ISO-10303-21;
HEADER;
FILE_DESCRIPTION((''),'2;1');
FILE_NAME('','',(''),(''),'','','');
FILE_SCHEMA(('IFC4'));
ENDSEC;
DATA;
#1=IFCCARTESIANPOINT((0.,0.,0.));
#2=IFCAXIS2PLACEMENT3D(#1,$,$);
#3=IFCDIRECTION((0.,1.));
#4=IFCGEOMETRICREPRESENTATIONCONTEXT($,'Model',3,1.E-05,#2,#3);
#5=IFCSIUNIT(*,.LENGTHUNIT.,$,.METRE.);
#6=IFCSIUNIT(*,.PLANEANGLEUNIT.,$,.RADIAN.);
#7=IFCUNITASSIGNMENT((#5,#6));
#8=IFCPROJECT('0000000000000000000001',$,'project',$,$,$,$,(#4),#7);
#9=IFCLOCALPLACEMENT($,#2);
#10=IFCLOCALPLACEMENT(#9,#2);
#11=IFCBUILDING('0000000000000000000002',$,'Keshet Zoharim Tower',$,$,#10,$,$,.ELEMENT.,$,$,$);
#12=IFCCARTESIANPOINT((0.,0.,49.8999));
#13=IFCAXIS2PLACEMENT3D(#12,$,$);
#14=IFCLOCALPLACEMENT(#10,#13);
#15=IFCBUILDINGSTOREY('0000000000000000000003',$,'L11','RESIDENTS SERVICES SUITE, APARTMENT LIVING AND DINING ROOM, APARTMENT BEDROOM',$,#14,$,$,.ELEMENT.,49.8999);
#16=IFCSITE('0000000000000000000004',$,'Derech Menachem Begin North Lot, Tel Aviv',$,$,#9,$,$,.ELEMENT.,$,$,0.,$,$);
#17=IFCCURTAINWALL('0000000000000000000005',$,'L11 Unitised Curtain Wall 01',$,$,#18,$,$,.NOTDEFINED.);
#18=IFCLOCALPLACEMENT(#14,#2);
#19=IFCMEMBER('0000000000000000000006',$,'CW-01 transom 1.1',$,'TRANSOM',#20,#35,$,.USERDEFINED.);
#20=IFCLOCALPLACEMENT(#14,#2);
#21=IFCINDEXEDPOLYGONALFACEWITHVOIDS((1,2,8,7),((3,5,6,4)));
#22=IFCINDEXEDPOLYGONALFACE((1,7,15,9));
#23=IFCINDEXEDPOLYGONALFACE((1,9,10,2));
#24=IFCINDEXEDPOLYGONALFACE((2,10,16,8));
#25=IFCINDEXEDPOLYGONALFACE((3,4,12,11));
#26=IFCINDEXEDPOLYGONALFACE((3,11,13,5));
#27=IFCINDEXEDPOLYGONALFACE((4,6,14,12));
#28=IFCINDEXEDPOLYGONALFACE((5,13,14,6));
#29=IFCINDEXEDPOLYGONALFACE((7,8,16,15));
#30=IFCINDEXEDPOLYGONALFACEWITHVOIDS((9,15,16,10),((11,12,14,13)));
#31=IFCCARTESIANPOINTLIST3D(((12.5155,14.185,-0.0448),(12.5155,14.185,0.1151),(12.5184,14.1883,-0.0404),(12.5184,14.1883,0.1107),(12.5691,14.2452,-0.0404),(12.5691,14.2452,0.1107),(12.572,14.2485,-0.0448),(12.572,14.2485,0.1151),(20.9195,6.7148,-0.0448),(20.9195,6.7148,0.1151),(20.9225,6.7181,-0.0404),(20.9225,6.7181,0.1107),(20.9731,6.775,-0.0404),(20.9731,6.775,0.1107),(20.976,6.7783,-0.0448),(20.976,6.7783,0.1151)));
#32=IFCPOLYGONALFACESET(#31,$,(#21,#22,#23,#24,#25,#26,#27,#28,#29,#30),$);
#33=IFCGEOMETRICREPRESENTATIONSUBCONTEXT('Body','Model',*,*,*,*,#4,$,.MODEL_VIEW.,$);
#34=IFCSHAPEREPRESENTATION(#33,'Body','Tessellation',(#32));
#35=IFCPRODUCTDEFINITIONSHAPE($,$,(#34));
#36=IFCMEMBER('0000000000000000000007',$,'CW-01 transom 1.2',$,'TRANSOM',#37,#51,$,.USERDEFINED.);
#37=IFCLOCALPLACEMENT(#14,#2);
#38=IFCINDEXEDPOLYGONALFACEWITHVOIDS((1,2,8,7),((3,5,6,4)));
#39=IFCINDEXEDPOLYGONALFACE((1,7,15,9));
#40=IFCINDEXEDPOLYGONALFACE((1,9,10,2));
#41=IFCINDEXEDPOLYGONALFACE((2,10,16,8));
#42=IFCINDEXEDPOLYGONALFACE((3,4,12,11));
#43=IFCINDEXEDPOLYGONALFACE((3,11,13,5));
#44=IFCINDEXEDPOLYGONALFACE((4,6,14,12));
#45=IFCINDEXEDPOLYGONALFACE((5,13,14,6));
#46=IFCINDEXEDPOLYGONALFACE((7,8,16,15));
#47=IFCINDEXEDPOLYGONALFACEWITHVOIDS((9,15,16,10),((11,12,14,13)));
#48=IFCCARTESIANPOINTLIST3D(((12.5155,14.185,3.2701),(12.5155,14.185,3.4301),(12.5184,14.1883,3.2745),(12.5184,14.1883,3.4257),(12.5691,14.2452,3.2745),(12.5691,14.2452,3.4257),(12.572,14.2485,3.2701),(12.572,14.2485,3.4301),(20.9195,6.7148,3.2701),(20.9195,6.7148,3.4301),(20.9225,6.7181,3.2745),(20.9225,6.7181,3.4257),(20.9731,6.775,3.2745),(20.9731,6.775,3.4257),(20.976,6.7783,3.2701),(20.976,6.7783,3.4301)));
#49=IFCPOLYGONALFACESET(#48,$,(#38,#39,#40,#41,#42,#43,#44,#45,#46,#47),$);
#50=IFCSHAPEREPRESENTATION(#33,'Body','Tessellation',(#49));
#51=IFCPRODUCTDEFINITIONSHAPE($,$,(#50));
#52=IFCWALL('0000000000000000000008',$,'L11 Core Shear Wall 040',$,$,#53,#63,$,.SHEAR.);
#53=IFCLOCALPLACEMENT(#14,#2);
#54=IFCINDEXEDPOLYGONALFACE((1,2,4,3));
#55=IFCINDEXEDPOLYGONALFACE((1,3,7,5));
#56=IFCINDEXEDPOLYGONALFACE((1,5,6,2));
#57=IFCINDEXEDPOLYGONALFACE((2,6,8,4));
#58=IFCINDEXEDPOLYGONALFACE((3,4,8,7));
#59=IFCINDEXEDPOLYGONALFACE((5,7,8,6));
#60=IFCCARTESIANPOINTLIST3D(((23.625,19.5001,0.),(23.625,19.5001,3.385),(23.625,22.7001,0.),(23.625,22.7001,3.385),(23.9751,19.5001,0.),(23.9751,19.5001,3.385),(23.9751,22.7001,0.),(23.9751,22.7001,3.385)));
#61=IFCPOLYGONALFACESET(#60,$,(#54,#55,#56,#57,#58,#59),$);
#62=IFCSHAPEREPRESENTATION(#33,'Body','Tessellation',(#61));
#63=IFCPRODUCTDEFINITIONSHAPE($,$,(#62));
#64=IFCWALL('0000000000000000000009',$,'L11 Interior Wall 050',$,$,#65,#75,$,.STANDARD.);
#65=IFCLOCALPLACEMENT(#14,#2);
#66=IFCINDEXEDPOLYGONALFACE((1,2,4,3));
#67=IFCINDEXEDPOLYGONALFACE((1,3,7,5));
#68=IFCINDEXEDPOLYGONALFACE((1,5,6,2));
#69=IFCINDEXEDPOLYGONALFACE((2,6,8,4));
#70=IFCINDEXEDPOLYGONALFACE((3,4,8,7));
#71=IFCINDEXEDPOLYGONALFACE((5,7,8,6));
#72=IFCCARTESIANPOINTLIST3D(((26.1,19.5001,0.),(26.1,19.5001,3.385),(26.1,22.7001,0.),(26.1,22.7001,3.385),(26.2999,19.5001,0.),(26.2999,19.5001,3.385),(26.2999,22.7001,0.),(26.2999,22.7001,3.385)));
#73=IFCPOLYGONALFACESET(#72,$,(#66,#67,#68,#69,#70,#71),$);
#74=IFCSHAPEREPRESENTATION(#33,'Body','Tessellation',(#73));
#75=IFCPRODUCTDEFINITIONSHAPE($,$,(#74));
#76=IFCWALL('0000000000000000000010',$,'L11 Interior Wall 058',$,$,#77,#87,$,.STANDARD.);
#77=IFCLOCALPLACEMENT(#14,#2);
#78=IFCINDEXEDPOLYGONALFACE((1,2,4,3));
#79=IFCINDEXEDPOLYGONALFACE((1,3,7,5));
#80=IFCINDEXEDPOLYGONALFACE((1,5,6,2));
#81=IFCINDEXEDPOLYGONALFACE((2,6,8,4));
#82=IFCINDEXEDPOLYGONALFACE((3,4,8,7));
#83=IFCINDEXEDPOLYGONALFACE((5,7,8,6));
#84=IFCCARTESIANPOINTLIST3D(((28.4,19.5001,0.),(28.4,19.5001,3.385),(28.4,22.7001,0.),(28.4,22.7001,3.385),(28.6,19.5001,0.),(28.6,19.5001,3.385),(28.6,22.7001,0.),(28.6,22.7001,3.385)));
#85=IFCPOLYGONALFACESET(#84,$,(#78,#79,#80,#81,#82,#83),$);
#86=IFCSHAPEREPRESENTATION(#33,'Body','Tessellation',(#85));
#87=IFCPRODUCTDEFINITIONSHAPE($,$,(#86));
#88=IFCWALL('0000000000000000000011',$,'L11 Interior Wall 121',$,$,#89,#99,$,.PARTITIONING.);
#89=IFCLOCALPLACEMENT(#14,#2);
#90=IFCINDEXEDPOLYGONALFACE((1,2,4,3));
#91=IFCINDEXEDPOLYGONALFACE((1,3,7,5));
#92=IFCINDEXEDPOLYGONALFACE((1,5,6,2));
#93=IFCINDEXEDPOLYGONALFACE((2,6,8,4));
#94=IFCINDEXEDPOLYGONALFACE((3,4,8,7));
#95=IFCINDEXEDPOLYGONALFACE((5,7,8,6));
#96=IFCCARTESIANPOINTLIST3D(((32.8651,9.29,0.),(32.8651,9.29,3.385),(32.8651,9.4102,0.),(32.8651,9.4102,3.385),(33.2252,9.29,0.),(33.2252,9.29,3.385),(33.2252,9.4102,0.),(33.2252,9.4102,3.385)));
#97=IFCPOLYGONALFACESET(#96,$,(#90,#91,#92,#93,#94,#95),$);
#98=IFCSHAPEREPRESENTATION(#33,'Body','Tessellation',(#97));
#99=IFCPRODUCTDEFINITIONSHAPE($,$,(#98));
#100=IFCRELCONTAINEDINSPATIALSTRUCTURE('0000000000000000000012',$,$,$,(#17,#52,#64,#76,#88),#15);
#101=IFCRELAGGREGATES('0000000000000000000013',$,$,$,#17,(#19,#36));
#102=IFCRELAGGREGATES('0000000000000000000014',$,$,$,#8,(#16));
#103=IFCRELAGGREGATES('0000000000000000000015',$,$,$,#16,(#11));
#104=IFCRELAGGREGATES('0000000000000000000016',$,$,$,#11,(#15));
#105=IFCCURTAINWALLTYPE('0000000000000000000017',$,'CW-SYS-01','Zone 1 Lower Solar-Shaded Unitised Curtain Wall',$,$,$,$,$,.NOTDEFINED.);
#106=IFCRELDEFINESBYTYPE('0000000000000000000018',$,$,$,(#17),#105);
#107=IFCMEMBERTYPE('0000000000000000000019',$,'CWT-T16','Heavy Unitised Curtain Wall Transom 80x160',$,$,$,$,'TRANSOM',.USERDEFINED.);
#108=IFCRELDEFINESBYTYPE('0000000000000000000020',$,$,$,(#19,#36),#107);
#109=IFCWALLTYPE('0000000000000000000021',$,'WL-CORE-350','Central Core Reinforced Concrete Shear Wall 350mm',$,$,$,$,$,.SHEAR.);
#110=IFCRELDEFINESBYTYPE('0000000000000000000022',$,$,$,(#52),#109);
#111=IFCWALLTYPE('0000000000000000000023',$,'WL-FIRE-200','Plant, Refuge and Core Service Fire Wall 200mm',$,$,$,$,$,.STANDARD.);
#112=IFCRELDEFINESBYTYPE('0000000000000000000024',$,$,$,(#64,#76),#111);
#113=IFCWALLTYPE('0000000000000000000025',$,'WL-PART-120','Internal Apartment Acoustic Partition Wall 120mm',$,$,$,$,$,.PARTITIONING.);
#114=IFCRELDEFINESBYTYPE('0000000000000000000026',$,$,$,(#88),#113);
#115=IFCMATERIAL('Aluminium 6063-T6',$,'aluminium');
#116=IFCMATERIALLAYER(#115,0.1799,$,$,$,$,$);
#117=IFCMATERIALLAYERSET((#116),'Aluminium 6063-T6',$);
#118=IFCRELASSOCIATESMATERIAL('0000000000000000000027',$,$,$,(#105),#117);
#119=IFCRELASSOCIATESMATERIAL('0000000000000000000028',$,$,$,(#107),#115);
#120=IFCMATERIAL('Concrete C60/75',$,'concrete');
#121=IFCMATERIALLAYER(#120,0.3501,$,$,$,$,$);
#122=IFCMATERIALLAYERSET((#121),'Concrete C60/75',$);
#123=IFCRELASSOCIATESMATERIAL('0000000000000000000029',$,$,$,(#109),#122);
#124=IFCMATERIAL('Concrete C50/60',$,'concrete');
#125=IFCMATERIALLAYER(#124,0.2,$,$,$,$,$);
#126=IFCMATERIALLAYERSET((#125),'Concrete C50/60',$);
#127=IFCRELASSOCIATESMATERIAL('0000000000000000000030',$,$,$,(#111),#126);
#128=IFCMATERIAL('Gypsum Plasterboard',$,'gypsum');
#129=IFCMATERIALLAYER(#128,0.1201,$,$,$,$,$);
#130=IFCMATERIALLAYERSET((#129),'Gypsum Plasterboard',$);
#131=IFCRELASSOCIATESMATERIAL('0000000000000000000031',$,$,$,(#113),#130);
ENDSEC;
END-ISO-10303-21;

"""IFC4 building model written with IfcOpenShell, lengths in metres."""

from ifc_helpers import new_model, si_unit, direction, frame, frame_2d, origin, origin_2d, place, context, subcontext, project, spatial, rectangle, hollow_rectangle, extrude, material, layer, layer_set, material_profile, profile_set, type_object, element, aggregate, save


model = new_model("IFC4")

# Units and contexts
model_context = context("Model", 3, precision=1e-05, world=origin(), true_north=direction((0.0, 1.0)))
body_context = subcontext(model_context, "Body", "Model", "MODEL_VIEW")
ifc_project = project(units=[si_unit("LENGTHUNIT", "METRE"), si_unit("PLANEANGLEUNIT", "RADIAN")], contexts=[model_context])

# Site, building, storey
site_placement = place(None, origin())
site = spatial("IfcSite", under=ifc_project, at=site_placement, Name="Derech Menachem Begin North Lot, Tel Aviv", CompositionType="ELEMENT", RefElevation=0.0)
building_placement = place(site_placement, origin())
building = spatial("IfcBuilding", under=site, at=building_placement, Name="Keshet Zoharim Tower", CompositionType="ELEMENT")
storey_placement = place(building_placement, frame((0.0, 0.0, 49.8999)))
storey = spatial("IfcBuildingStorey", under=building, at=storey_placement, Name="L11", Description="RESIDENTS SERVICES SUITE, APARTMENT LIVING AND DINING ROOM, APARTMENT BEDROOM", CompositionType="ELEMENT", Elevation=49.8999)

# Shared definitions
ifc_material_1 = material(Name="Concrete C60/75", Category="concrete")

# Curtain wall, members
ifc_material_2 = material(Name="Aluminium 6063-T6", Category="aluminium")
ifc_layer_1 = layer(ifc_material_2, 0.1799)
ifc_layer_set_1 = layer_set([ifc_layer_1], Name="Aluminium 6063-T6")
curtain_wall_type = type_object("IfcCurtainWallType", Name="CW-SYS-01", Description="Zone 1 Lower Solar-Shaded Unitised Curtain Wall", PredefinedType="NOTDEFINED", material=ifc_layer_set_1)
curtain_wall_placement = place(storey_placement, origin())
curtain_wall = element("IfcCurtainWall", 1, at=curtain_wall_placement, inside=storey, type_object=curtain_wall_type, Name="L11 Unitised Curtain Wall 01", PredefinedType="NOTDEFINED")
ifc_material_profile_1 = material_profile(ifc_material_2, hollow_rectangle(XDim=0.085, YDim=0.1599, WallThickness=0.0044, at=origin_2d()), Name="TRN-85x160")
ifc_profile_set_1 = profile_set([ifc_material_profile_1], Name="Aluminium 6063-T6")
member_type_1 = type_object("IfcMemberType", Name="CWT-T16", Description="Heavy Unitised Curtain Wall Transom 80x160", ElementType="TRANSOM", PredefinedType="USERDEFINED", material=ifc_profile_set_1)
member_1_placement = place(storey_placement, frame((20.9478, 6.7466, 0.0352), z_axis=(-0.747412, 0.664361, 0.0), x_axis=(-0.664361, -0.747412, 0.0)))
member_1 = element("IfcMember", 2, at=member_1_placement, type_object=member_type_1, Name="CW-01 transom 1.1", ObjectType="TRANSOM", PredefinedType="USERDEFINED", context=body_context, shape_type="SweptSolid", body=[
    extrude(hollow_rectangle(XDim=0.085, YDim=0.1599, WallThickness=0.0044, at=origin_2d()), origin(), (0.0, 0.0, 1.0), 11.2441),
])
member_2_placement = place(storey_placement, frame((20.9478, 6.7466, 3.3501), z_axis=(-0.747412, 0.664361, 0.0), x_axis=(-0.664361, -0.747412, 0.0)))
member_2 = element("IfcMember", 3, at=member_2_placement, type_object=member_type_1, Name="CW-01 transom 1.2", ObjectType="TRANSOM", PredefinedType="USERDEFINED", context=body_context, shape_type="SweptSolid", body=[
    extrude(hollow_rectangle(XDim=0.085, YDim=0.1599, WallThickness=0.0044, at=origin_2d()), origin(), (0.0, 0.0, 1.0), 11.2441),
])
aggregate(curtain_wall, [member_1, member_2])

# Shared definitions
ifc_material_3 = material(Name="Gypsum Plasterboard", Category="gypsum")

# Wall
ifc_layer_2 = layer(ifc_material_1, 0.3501)
ifc_layer_set_2 = layer_set([ifc_layer_2], Name="Concrete C60/75")
wall_type_1 = type_object("IfcWallType", Name="WL-CORE-350", Description="Central Core Reinforced Concrete Shear Wall 350mm", PredefinedType="SHEAR", material=ifc_layer_set_2)
wall_1_placement = place(storey_placement, frame((23.8, 19.5, 0.0), z_axis=(0.0, 0.0, 1.0), x_axis=(0.0, 1.0, 0.0)))
element("IfcWall", 4, at=wall_1_placement, inside=storey, type_object=wall_type_1, Name="L11 Core Shear Wall 040", PredefinedType="SHEAR", context=body_context, shape_type="SweptSolid", body=[
    extrude(rectangle(XDim=3.2, YDim=0.3501, at=frame_2d((1.6001, 0.0))), origin(), (0.0, 0.0, 1.0), 3.385),
])

# Walls
ifc_material_4 = material(Name="Concrete C50/60", Category="concrete")
ifc_layer_3 = layer(ifc_material_4, 0.2)
ifc_layer_set_3 = layer_set([ifc_layer_3], Name="Concrete C50/60")
wall_type_2 = type_object("IfcWallType", Name="WL-FIRE-200", Description="Plant, Refuge and Core Service Fire Wall 200mm", PredefinedType="STANDARD", material=ifc_layer_set_3)
for number, where, z_axis, x_axis, name in (
    (5, (26.2, 19.5, 0.0), (0.0, 0.0, 1.0), (0.0, 1.0, 0.0), "L11 Interior Wall 050"),
    (6, (28.5, 19.5, 0.0), (0.0, 0.0, 1.0), (0.0, 1.0, 0.0), "L11 Interior Wall 058"),
):
    element("IfcWall", number, at=place(storey_placement, frame(where, z_axis=z_axis, x_axis=x_axis)), inside=storey, type_object=wall_type_2, Name=name, PredefinedType="STANDARD", context=body_context, shape_type="SweptSolid", body=[
        extrude(rectangle(XDim=3.2, YDim=0.2, at=frame_2d((1.6001, 0.0))), origin(), (0.0, 0.0, 1.0), 3.385),
    ])

# Wall
ifc_layer_4 = layer(ifc_material_3, 0.1201)
ifc_layer_set_4 = layer_set([ifc_layer_4], Name="Gypsum Plasterboard")
wall_type_3 = type_object("IfcWallType", Name="WL-PART-120", Description="Internal Apartment Acoustic Partition Wall 120mm", PredefinedType="PARTITIONING", material=ifc_layer_set_4)
wall_2_placement = place(storey_placement, frame((32.865, 9.3501, 0.0), z_axis=(0.0, 0.0, 1.0), x_axis=(1.0, 0.0, 0.0)))
element("IfcWall", 7, at=wall_2_placement, inside=storey, type_object=wall_type_3, Name="L11 Interior Wall 121", PredefinedType="PARTITIONING", context=body_context, shape_type="SweptSolid", body=[
    extrude(rectangle(XDim=0.3601, YDim=0.1201, at=frame_2d((0.1802, 0.0))), origin(), (0.0, 0.0, 1.0), 3.385),
])

save(model, "model.ifc")
